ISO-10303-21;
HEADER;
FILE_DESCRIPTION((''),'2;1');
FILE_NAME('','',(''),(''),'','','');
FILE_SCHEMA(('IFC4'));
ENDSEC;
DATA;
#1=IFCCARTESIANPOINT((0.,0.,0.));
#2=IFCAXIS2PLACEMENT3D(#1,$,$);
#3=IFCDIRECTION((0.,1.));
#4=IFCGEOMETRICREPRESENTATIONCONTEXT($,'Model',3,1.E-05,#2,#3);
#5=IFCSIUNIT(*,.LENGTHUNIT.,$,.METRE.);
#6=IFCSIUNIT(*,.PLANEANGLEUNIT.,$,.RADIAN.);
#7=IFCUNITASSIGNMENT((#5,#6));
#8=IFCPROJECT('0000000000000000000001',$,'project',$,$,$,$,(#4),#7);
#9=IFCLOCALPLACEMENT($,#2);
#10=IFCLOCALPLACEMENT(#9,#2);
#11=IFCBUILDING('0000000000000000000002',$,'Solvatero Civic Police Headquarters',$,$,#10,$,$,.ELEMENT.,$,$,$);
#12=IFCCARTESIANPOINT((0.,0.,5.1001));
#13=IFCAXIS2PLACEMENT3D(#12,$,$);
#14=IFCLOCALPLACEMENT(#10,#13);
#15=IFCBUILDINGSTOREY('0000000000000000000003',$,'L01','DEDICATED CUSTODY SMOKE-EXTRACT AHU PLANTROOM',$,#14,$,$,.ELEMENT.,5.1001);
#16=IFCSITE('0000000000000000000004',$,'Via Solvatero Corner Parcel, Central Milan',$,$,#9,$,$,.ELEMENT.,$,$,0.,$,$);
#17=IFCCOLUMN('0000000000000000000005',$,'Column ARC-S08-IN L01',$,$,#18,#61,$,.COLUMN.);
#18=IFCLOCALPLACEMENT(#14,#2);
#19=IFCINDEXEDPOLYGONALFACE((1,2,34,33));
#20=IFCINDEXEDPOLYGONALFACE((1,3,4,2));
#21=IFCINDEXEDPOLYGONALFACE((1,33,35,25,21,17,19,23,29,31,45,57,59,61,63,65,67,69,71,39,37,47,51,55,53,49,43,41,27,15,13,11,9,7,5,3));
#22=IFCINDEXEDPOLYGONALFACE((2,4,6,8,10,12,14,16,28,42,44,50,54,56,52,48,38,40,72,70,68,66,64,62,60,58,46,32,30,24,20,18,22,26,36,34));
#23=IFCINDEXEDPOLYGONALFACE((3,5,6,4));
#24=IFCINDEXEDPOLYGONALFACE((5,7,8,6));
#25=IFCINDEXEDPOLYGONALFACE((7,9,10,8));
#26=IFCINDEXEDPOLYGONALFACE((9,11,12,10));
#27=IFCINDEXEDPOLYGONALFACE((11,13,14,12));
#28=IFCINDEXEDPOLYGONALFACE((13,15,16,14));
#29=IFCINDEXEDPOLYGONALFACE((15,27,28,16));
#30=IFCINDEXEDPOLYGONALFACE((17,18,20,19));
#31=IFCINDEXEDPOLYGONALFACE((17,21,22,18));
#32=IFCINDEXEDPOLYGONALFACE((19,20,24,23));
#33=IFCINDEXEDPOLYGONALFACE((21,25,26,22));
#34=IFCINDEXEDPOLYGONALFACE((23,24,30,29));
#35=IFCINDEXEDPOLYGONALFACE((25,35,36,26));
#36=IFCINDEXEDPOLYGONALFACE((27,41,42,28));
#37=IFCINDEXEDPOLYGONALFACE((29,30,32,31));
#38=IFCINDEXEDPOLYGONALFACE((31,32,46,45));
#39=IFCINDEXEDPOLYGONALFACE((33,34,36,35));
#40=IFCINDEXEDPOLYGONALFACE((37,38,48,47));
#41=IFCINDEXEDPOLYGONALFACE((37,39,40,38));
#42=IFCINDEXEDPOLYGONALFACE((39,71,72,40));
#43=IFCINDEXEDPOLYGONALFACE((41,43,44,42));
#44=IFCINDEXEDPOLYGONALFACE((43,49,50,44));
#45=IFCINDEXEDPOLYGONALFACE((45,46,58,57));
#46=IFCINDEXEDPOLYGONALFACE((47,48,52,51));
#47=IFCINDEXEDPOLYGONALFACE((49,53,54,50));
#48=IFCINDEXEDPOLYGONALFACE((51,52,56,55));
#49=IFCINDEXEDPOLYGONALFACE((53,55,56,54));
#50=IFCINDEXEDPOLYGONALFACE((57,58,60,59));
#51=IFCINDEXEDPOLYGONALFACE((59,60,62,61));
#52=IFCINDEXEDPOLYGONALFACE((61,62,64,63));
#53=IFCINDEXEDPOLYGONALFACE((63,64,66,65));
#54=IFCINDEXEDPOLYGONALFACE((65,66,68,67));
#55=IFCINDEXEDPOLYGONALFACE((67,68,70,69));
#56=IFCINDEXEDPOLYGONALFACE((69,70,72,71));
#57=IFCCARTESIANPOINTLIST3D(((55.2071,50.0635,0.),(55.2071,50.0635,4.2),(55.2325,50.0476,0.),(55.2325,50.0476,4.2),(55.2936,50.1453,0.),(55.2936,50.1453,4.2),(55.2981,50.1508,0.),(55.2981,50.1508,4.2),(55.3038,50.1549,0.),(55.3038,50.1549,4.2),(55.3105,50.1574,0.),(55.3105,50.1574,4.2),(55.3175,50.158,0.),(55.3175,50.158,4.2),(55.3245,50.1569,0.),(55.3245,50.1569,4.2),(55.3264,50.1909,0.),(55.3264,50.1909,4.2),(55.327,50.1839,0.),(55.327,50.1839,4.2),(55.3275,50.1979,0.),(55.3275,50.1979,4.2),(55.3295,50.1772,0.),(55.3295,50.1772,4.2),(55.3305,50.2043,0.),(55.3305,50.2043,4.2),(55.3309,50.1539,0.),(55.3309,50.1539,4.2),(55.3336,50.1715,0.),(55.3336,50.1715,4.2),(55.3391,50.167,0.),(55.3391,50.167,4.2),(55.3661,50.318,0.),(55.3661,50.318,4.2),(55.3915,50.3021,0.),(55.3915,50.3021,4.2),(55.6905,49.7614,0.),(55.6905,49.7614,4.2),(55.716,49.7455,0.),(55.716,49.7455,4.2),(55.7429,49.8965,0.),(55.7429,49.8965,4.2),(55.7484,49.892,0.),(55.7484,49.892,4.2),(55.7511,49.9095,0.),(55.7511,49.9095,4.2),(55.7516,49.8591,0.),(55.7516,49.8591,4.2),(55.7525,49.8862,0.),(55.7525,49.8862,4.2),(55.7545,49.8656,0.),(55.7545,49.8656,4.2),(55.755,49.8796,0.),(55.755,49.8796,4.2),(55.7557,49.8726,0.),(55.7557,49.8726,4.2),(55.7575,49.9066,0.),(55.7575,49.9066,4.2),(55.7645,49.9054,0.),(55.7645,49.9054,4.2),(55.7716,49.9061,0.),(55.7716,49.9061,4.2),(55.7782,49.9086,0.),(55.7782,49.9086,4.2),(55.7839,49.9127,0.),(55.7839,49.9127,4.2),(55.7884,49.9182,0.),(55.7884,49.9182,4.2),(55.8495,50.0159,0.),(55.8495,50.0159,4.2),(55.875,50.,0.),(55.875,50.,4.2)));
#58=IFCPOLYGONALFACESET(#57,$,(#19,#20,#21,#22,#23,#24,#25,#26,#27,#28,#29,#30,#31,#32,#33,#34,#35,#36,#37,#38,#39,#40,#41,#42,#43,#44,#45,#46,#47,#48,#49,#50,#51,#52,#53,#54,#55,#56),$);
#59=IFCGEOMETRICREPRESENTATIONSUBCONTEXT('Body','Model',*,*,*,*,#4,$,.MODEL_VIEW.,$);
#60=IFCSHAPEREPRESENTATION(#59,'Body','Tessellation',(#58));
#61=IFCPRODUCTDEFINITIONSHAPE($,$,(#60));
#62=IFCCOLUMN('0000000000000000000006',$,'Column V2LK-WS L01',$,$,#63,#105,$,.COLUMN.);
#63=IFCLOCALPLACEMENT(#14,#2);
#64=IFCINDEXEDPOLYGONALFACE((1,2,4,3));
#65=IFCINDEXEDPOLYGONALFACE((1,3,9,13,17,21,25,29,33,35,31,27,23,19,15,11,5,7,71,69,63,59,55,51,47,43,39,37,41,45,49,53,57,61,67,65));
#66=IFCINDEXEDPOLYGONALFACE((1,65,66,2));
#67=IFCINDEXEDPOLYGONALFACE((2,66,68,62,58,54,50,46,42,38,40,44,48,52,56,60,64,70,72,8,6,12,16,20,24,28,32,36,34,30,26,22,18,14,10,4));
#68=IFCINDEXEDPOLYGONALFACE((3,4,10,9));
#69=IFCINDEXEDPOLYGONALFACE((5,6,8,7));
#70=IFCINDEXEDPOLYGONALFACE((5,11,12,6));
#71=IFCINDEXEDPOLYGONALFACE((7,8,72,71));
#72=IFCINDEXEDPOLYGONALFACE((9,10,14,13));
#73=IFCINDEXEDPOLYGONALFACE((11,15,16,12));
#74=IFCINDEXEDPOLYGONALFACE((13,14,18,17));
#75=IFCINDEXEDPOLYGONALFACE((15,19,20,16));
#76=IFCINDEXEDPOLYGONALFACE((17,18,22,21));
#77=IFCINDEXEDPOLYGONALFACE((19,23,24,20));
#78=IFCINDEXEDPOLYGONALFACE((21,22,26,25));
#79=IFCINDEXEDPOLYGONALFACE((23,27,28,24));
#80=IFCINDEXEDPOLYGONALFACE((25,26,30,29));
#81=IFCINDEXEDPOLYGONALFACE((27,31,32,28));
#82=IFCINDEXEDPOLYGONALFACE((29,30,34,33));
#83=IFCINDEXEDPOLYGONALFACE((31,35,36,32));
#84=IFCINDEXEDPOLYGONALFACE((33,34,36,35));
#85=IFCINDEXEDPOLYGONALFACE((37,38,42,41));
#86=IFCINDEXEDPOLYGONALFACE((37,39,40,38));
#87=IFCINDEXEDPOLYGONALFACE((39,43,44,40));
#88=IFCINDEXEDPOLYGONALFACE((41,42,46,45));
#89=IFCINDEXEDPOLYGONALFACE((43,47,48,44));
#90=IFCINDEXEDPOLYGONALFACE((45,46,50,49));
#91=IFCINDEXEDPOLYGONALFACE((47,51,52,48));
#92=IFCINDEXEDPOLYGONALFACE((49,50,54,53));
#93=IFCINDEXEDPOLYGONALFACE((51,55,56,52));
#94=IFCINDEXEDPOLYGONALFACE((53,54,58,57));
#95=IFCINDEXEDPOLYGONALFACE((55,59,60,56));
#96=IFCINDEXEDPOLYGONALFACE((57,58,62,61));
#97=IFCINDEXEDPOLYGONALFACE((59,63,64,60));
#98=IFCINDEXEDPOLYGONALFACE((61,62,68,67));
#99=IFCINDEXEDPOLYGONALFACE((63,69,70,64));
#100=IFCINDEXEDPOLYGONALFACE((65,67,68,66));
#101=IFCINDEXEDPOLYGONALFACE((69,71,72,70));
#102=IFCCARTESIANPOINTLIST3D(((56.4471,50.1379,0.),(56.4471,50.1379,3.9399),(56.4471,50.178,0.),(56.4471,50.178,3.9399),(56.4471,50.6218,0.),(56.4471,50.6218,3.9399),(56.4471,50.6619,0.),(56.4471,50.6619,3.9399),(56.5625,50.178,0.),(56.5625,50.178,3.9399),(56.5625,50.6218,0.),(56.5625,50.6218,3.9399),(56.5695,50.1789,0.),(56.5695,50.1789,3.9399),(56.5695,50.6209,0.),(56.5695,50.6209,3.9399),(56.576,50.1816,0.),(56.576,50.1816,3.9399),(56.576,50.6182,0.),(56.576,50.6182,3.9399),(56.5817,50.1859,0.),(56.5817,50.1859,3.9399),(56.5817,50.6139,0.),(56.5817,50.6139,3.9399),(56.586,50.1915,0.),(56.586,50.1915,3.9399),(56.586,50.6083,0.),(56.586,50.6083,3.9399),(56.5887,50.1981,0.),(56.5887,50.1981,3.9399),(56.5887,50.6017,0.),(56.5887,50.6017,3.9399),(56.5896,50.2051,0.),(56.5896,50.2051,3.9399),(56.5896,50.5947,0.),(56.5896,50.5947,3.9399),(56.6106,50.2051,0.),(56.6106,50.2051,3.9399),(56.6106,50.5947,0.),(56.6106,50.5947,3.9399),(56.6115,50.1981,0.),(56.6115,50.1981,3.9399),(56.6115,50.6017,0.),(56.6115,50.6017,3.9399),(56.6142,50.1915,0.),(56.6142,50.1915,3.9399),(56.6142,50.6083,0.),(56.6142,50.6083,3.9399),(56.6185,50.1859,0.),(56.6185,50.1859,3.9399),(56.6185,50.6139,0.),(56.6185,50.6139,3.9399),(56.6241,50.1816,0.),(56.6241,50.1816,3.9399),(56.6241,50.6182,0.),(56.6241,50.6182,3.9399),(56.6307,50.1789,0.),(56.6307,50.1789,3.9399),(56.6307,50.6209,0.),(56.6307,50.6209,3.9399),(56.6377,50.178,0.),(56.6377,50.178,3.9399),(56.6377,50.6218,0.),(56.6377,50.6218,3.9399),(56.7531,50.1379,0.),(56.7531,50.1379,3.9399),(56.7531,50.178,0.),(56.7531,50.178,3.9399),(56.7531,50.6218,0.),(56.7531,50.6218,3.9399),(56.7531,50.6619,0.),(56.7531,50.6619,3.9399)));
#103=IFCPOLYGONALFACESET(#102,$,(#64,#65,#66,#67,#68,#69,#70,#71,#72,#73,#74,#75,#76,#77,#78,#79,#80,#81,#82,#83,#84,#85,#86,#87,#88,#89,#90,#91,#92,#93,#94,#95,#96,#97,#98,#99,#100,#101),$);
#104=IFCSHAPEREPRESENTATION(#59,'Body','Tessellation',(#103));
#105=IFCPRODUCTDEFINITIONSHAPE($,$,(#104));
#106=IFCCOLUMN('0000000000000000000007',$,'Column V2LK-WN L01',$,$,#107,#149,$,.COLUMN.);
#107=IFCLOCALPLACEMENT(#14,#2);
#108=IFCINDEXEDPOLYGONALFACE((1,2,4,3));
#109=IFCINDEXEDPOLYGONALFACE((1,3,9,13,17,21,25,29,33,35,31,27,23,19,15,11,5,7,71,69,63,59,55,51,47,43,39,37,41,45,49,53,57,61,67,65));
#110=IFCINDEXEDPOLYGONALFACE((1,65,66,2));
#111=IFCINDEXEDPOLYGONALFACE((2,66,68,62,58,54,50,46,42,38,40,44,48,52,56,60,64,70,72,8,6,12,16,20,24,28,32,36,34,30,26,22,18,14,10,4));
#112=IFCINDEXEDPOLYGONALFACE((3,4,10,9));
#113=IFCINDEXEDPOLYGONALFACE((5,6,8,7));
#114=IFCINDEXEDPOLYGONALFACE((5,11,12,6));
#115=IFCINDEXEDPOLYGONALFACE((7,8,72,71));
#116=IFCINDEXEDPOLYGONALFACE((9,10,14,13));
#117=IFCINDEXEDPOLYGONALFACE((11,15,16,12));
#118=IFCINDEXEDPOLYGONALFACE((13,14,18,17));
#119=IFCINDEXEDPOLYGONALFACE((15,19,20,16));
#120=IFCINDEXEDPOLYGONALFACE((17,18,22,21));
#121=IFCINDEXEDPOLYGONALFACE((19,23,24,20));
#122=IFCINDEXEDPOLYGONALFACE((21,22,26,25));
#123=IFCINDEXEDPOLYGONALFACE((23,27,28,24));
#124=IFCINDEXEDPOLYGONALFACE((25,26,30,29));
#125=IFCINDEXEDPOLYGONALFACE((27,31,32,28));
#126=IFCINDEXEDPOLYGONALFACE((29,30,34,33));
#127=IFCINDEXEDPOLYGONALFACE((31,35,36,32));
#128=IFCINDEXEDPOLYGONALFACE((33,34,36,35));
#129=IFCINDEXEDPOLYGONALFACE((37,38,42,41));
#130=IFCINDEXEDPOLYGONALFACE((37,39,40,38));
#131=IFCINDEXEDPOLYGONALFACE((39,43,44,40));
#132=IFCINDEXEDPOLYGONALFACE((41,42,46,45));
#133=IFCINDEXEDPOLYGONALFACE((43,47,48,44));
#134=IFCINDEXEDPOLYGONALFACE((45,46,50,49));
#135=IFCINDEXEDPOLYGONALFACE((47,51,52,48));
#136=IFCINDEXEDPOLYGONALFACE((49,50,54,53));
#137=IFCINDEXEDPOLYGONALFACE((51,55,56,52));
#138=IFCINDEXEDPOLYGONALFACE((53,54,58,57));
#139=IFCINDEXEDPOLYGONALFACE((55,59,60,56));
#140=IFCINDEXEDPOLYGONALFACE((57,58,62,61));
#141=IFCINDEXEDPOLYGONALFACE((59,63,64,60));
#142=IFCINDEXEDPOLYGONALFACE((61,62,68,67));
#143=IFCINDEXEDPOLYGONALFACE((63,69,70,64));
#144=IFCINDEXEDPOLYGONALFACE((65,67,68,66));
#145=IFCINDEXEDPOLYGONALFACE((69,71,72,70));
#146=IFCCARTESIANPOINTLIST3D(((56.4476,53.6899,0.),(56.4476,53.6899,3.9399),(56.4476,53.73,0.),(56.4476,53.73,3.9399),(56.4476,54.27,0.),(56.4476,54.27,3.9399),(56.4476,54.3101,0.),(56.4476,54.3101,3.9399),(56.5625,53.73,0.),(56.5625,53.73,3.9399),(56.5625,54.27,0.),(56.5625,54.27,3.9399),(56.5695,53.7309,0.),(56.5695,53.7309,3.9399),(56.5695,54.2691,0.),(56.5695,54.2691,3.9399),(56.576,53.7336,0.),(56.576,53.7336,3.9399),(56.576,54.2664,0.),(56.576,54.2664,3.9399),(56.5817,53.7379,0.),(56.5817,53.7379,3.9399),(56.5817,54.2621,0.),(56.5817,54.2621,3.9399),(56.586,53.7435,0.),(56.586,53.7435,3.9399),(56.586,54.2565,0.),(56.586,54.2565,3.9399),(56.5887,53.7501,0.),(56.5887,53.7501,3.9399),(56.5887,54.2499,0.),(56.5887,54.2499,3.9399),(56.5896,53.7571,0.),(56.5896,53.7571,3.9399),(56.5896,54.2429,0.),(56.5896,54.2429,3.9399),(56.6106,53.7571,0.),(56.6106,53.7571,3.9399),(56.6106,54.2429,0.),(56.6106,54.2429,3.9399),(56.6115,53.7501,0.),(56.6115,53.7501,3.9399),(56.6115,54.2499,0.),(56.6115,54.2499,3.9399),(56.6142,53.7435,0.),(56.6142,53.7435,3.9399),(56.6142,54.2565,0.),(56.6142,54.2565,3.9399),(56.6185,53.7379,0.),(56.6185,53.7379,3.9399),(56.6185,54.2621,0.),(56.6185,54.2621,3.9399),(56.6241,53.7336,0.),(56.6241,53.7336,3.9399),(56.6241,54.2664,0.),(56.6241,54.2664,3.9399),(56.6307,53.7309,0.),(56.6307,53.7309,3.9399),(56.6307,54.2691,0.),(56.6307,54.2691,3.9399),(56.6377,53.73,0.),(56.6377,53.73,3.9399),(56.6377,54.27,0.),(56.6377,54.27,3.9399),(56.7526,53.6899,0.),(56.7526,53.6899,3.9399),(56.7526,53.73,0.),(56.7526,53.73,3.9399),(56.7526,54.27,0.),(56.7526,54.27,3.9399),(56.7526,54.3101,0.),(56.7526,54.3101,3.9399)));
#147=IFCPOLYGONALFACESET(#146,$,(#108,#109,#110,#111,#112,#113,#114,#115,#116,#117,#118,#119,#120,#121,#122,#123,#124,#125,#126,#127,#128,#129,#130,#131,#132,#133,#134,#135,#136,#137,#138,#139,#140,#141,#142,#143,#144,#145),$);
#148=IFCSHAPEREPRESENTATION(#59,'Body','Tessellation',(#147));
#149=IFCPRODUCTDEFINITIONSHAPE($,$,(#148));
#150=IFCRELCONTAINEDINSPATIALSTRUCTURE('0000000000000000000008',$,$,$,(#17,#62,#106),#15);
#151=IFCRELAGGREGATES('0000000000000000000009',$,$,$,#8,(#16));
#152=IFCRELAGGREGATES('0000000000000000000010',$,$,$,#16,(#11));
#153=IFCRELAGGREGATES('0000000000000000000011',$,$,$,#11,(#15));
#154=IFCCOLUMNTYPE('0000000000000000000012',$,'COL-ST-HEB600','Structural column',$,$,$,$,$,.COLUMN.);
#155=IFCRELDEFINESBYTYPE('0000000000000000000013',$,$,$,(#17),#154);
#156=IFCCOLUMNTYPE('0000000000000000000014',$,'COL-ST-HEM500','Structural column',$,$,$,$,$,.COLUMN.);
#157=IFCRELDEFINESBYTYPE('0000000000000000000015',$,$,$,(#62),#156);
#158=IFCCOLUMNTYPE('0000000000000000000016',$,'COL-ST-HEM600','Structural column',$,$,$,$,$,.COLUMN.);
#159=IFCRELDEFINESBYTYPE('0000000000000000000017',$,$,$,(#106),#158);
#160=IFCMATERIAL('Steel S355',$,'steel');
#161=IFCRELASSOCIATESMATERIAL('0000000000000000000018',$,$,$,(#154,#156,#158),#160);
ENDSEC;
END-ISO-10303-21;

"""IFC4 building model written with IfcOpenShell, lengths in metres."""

from ifc_helpers import new_model, si_unit, direction, frame, origin, origin_2d, place, context, subcontext, project, spatial, i_section, extrude, material, material_profile, profile_set, type_object, element, save


model = new_model("IFC4")

# Units and contexts
model_context = context("Model", 3, precision=1e-05, world=origin(), true_north=direction((0.0, 1.0)))
body_context = subcontext(model_context, "Body", "Model", "MODEL_VIEW")
ifc_project = project(units=[si_unit("LENGTHUNIT", "METRE"), si_unit("PLANEANGLEUNIT", "RADIAN")], contexts=[model_context])

# Site, building, storey
site_placement = place(None, origin())
site = spatial("IfcSite", under=ifc_project, at=site_placement, Name="Via Solvatero Corner Parcel, Central Milan", CompositionType="ELEMENT", RefElevation=0.0)
building_placement = place(site_placement, origin())
building = spatial("IfcBuilding", under=site, at=building_placement, Name="Solvatero Civic Police Headquarters", CompositionType="ELEMENT")
storey_placement = place(building_placement, frame((0.0, 0.0, 5.1001)))
storey = spatial("IfcBuildingStorey", under=building, at=storey_placement, Name="L01", Description="DEDICATED CUSTODY SMOKE-EXTRACT AHU PLANTROOM", CompositionType="ELEMENT", Elevation=5.1001)

# Columns
ifc_material_1 = material(Name="Steel S355", Category="steel")
ifc_material_profile_1 = material_profile(ifc_material_1, i_section(OverallWidth=0.3, OverallDepth=0.6001, WebThickness=0.0154, FlangeThickness=0.03, FilletRadius=0.0271, at=origin_2d()), Name="HEB 600")
ifc_profile_set_1 = profile_set([ifc_material_profile_1], Name="Steel S355")
column_type_1 = type_object("IfcColumnType", Name="COL-ST-HEB600", Description="Structural column", PredefinedType="COLUMN", material=ifc_profile_set_1)
column_1_placement = place(storey_placement, frame((55.541, 50.0317, 0.0), z_axis=(0.0, 0.0, 1.0), x_axis=(0.529919, 0.848048, 0.0)))
element("IfcColumn", 1, at=column_1_placement, inside=storey, type_object=column_type_1, Name="Column ARC-S08-IN L01", PredefinedType="COLUMN", context=body_context, shape_type="SweptSolid", body=[
    extrude(i_section(OverallWidth=0.3, OverallDepth=0.6001, WebThickness=0.0154, FlangeThickness=0.03, FilletRadius=0.0271, at=origin_2d()), origin(), (0.0, 0.0, 1.0), 4.2),
])
ifc_material_profile_2 = material_profile(ifc_material_1, i_section(OverallWidth=0.3059, OverallDepth=0.5239, WebThickness=0.021, FlangeThickness=0.04, FilletRadius=0.0271, at=origin_2d()), Name="HEM 500")
ifc_profile_set_2 = profile_set([ifc_material_profile_2], Name="Steel S355")
column_type_2 = type_object("IfcColumnType", Name="COL-ST-HEM500", Description="Structural column", PredefinedType="COLUMN", material=ifc_profile_set_2)
column_2_placement = place(storey_placement, frame((56.6001, 50.3999, 0.0), z_axis=(0.0, 0.0, 1.0), x_axis=(1.0, 0.0, 0.0)))
element("IfcColumn", 2, at=column_2_placement, inside=storey, type_object=column_type_2, Name="Column V2LK-WS L01", PredefinedType="COLUMN", context=body_context, shape_type="SweptSolid", body=[
    extrude(i_section(OverallWidth=0.3059, OverallDepth=0.5239, WebThickness=0.021, FlangeThickness=0.04, FilletRadius=0.0271, at=origin_2d()), origin(), (0.0, 0.0, 1.0), 3.9399),
])
ifc_material_profile_3 = material_profile(ifc_material_1, i_section(OverallWidth=0.3049, OverallDepth=0.6201, WebThickness=0.021, FlangeThickness=0.04, FilletRadius=0.0271, at=origin_2d()), Name="HEM 600")
ifc_profile_set_3 = profile_set([ifc_material_profile_3], Name="Steel S355")
column_type_3 = type_object("IfcColumnType", Name="COL-ST-HEM600", Description="Structural column", PredefinedType="COLUMN", material=ifc_profile_set_3)
column_3_placement = place(storey_placement, frame((56.6001, 54.0, 0.0), z_axis=(0.0, 0.0, 1.0), x_axis=(1.0, 0.0, 0.0)))
element("IfcColumn", 3, at=column_3_placement, inside=storey, type_object=column_type_3, Name="Column V2LK-WN L01", PredefinedType="COLUMN", context=body_context, shape_type="SweptSolid", body=[
    extrude(i_section(OverallWidth=0.3049, OverallDepth=0.6201, WebThickness=0.021, FlangeThickness=0.04, FilletRadius=0.0271, at=origin_2d()), origin(), (0.0, 0.0, 1.0), 3.9399),
])

save(model, "model.ifc")
